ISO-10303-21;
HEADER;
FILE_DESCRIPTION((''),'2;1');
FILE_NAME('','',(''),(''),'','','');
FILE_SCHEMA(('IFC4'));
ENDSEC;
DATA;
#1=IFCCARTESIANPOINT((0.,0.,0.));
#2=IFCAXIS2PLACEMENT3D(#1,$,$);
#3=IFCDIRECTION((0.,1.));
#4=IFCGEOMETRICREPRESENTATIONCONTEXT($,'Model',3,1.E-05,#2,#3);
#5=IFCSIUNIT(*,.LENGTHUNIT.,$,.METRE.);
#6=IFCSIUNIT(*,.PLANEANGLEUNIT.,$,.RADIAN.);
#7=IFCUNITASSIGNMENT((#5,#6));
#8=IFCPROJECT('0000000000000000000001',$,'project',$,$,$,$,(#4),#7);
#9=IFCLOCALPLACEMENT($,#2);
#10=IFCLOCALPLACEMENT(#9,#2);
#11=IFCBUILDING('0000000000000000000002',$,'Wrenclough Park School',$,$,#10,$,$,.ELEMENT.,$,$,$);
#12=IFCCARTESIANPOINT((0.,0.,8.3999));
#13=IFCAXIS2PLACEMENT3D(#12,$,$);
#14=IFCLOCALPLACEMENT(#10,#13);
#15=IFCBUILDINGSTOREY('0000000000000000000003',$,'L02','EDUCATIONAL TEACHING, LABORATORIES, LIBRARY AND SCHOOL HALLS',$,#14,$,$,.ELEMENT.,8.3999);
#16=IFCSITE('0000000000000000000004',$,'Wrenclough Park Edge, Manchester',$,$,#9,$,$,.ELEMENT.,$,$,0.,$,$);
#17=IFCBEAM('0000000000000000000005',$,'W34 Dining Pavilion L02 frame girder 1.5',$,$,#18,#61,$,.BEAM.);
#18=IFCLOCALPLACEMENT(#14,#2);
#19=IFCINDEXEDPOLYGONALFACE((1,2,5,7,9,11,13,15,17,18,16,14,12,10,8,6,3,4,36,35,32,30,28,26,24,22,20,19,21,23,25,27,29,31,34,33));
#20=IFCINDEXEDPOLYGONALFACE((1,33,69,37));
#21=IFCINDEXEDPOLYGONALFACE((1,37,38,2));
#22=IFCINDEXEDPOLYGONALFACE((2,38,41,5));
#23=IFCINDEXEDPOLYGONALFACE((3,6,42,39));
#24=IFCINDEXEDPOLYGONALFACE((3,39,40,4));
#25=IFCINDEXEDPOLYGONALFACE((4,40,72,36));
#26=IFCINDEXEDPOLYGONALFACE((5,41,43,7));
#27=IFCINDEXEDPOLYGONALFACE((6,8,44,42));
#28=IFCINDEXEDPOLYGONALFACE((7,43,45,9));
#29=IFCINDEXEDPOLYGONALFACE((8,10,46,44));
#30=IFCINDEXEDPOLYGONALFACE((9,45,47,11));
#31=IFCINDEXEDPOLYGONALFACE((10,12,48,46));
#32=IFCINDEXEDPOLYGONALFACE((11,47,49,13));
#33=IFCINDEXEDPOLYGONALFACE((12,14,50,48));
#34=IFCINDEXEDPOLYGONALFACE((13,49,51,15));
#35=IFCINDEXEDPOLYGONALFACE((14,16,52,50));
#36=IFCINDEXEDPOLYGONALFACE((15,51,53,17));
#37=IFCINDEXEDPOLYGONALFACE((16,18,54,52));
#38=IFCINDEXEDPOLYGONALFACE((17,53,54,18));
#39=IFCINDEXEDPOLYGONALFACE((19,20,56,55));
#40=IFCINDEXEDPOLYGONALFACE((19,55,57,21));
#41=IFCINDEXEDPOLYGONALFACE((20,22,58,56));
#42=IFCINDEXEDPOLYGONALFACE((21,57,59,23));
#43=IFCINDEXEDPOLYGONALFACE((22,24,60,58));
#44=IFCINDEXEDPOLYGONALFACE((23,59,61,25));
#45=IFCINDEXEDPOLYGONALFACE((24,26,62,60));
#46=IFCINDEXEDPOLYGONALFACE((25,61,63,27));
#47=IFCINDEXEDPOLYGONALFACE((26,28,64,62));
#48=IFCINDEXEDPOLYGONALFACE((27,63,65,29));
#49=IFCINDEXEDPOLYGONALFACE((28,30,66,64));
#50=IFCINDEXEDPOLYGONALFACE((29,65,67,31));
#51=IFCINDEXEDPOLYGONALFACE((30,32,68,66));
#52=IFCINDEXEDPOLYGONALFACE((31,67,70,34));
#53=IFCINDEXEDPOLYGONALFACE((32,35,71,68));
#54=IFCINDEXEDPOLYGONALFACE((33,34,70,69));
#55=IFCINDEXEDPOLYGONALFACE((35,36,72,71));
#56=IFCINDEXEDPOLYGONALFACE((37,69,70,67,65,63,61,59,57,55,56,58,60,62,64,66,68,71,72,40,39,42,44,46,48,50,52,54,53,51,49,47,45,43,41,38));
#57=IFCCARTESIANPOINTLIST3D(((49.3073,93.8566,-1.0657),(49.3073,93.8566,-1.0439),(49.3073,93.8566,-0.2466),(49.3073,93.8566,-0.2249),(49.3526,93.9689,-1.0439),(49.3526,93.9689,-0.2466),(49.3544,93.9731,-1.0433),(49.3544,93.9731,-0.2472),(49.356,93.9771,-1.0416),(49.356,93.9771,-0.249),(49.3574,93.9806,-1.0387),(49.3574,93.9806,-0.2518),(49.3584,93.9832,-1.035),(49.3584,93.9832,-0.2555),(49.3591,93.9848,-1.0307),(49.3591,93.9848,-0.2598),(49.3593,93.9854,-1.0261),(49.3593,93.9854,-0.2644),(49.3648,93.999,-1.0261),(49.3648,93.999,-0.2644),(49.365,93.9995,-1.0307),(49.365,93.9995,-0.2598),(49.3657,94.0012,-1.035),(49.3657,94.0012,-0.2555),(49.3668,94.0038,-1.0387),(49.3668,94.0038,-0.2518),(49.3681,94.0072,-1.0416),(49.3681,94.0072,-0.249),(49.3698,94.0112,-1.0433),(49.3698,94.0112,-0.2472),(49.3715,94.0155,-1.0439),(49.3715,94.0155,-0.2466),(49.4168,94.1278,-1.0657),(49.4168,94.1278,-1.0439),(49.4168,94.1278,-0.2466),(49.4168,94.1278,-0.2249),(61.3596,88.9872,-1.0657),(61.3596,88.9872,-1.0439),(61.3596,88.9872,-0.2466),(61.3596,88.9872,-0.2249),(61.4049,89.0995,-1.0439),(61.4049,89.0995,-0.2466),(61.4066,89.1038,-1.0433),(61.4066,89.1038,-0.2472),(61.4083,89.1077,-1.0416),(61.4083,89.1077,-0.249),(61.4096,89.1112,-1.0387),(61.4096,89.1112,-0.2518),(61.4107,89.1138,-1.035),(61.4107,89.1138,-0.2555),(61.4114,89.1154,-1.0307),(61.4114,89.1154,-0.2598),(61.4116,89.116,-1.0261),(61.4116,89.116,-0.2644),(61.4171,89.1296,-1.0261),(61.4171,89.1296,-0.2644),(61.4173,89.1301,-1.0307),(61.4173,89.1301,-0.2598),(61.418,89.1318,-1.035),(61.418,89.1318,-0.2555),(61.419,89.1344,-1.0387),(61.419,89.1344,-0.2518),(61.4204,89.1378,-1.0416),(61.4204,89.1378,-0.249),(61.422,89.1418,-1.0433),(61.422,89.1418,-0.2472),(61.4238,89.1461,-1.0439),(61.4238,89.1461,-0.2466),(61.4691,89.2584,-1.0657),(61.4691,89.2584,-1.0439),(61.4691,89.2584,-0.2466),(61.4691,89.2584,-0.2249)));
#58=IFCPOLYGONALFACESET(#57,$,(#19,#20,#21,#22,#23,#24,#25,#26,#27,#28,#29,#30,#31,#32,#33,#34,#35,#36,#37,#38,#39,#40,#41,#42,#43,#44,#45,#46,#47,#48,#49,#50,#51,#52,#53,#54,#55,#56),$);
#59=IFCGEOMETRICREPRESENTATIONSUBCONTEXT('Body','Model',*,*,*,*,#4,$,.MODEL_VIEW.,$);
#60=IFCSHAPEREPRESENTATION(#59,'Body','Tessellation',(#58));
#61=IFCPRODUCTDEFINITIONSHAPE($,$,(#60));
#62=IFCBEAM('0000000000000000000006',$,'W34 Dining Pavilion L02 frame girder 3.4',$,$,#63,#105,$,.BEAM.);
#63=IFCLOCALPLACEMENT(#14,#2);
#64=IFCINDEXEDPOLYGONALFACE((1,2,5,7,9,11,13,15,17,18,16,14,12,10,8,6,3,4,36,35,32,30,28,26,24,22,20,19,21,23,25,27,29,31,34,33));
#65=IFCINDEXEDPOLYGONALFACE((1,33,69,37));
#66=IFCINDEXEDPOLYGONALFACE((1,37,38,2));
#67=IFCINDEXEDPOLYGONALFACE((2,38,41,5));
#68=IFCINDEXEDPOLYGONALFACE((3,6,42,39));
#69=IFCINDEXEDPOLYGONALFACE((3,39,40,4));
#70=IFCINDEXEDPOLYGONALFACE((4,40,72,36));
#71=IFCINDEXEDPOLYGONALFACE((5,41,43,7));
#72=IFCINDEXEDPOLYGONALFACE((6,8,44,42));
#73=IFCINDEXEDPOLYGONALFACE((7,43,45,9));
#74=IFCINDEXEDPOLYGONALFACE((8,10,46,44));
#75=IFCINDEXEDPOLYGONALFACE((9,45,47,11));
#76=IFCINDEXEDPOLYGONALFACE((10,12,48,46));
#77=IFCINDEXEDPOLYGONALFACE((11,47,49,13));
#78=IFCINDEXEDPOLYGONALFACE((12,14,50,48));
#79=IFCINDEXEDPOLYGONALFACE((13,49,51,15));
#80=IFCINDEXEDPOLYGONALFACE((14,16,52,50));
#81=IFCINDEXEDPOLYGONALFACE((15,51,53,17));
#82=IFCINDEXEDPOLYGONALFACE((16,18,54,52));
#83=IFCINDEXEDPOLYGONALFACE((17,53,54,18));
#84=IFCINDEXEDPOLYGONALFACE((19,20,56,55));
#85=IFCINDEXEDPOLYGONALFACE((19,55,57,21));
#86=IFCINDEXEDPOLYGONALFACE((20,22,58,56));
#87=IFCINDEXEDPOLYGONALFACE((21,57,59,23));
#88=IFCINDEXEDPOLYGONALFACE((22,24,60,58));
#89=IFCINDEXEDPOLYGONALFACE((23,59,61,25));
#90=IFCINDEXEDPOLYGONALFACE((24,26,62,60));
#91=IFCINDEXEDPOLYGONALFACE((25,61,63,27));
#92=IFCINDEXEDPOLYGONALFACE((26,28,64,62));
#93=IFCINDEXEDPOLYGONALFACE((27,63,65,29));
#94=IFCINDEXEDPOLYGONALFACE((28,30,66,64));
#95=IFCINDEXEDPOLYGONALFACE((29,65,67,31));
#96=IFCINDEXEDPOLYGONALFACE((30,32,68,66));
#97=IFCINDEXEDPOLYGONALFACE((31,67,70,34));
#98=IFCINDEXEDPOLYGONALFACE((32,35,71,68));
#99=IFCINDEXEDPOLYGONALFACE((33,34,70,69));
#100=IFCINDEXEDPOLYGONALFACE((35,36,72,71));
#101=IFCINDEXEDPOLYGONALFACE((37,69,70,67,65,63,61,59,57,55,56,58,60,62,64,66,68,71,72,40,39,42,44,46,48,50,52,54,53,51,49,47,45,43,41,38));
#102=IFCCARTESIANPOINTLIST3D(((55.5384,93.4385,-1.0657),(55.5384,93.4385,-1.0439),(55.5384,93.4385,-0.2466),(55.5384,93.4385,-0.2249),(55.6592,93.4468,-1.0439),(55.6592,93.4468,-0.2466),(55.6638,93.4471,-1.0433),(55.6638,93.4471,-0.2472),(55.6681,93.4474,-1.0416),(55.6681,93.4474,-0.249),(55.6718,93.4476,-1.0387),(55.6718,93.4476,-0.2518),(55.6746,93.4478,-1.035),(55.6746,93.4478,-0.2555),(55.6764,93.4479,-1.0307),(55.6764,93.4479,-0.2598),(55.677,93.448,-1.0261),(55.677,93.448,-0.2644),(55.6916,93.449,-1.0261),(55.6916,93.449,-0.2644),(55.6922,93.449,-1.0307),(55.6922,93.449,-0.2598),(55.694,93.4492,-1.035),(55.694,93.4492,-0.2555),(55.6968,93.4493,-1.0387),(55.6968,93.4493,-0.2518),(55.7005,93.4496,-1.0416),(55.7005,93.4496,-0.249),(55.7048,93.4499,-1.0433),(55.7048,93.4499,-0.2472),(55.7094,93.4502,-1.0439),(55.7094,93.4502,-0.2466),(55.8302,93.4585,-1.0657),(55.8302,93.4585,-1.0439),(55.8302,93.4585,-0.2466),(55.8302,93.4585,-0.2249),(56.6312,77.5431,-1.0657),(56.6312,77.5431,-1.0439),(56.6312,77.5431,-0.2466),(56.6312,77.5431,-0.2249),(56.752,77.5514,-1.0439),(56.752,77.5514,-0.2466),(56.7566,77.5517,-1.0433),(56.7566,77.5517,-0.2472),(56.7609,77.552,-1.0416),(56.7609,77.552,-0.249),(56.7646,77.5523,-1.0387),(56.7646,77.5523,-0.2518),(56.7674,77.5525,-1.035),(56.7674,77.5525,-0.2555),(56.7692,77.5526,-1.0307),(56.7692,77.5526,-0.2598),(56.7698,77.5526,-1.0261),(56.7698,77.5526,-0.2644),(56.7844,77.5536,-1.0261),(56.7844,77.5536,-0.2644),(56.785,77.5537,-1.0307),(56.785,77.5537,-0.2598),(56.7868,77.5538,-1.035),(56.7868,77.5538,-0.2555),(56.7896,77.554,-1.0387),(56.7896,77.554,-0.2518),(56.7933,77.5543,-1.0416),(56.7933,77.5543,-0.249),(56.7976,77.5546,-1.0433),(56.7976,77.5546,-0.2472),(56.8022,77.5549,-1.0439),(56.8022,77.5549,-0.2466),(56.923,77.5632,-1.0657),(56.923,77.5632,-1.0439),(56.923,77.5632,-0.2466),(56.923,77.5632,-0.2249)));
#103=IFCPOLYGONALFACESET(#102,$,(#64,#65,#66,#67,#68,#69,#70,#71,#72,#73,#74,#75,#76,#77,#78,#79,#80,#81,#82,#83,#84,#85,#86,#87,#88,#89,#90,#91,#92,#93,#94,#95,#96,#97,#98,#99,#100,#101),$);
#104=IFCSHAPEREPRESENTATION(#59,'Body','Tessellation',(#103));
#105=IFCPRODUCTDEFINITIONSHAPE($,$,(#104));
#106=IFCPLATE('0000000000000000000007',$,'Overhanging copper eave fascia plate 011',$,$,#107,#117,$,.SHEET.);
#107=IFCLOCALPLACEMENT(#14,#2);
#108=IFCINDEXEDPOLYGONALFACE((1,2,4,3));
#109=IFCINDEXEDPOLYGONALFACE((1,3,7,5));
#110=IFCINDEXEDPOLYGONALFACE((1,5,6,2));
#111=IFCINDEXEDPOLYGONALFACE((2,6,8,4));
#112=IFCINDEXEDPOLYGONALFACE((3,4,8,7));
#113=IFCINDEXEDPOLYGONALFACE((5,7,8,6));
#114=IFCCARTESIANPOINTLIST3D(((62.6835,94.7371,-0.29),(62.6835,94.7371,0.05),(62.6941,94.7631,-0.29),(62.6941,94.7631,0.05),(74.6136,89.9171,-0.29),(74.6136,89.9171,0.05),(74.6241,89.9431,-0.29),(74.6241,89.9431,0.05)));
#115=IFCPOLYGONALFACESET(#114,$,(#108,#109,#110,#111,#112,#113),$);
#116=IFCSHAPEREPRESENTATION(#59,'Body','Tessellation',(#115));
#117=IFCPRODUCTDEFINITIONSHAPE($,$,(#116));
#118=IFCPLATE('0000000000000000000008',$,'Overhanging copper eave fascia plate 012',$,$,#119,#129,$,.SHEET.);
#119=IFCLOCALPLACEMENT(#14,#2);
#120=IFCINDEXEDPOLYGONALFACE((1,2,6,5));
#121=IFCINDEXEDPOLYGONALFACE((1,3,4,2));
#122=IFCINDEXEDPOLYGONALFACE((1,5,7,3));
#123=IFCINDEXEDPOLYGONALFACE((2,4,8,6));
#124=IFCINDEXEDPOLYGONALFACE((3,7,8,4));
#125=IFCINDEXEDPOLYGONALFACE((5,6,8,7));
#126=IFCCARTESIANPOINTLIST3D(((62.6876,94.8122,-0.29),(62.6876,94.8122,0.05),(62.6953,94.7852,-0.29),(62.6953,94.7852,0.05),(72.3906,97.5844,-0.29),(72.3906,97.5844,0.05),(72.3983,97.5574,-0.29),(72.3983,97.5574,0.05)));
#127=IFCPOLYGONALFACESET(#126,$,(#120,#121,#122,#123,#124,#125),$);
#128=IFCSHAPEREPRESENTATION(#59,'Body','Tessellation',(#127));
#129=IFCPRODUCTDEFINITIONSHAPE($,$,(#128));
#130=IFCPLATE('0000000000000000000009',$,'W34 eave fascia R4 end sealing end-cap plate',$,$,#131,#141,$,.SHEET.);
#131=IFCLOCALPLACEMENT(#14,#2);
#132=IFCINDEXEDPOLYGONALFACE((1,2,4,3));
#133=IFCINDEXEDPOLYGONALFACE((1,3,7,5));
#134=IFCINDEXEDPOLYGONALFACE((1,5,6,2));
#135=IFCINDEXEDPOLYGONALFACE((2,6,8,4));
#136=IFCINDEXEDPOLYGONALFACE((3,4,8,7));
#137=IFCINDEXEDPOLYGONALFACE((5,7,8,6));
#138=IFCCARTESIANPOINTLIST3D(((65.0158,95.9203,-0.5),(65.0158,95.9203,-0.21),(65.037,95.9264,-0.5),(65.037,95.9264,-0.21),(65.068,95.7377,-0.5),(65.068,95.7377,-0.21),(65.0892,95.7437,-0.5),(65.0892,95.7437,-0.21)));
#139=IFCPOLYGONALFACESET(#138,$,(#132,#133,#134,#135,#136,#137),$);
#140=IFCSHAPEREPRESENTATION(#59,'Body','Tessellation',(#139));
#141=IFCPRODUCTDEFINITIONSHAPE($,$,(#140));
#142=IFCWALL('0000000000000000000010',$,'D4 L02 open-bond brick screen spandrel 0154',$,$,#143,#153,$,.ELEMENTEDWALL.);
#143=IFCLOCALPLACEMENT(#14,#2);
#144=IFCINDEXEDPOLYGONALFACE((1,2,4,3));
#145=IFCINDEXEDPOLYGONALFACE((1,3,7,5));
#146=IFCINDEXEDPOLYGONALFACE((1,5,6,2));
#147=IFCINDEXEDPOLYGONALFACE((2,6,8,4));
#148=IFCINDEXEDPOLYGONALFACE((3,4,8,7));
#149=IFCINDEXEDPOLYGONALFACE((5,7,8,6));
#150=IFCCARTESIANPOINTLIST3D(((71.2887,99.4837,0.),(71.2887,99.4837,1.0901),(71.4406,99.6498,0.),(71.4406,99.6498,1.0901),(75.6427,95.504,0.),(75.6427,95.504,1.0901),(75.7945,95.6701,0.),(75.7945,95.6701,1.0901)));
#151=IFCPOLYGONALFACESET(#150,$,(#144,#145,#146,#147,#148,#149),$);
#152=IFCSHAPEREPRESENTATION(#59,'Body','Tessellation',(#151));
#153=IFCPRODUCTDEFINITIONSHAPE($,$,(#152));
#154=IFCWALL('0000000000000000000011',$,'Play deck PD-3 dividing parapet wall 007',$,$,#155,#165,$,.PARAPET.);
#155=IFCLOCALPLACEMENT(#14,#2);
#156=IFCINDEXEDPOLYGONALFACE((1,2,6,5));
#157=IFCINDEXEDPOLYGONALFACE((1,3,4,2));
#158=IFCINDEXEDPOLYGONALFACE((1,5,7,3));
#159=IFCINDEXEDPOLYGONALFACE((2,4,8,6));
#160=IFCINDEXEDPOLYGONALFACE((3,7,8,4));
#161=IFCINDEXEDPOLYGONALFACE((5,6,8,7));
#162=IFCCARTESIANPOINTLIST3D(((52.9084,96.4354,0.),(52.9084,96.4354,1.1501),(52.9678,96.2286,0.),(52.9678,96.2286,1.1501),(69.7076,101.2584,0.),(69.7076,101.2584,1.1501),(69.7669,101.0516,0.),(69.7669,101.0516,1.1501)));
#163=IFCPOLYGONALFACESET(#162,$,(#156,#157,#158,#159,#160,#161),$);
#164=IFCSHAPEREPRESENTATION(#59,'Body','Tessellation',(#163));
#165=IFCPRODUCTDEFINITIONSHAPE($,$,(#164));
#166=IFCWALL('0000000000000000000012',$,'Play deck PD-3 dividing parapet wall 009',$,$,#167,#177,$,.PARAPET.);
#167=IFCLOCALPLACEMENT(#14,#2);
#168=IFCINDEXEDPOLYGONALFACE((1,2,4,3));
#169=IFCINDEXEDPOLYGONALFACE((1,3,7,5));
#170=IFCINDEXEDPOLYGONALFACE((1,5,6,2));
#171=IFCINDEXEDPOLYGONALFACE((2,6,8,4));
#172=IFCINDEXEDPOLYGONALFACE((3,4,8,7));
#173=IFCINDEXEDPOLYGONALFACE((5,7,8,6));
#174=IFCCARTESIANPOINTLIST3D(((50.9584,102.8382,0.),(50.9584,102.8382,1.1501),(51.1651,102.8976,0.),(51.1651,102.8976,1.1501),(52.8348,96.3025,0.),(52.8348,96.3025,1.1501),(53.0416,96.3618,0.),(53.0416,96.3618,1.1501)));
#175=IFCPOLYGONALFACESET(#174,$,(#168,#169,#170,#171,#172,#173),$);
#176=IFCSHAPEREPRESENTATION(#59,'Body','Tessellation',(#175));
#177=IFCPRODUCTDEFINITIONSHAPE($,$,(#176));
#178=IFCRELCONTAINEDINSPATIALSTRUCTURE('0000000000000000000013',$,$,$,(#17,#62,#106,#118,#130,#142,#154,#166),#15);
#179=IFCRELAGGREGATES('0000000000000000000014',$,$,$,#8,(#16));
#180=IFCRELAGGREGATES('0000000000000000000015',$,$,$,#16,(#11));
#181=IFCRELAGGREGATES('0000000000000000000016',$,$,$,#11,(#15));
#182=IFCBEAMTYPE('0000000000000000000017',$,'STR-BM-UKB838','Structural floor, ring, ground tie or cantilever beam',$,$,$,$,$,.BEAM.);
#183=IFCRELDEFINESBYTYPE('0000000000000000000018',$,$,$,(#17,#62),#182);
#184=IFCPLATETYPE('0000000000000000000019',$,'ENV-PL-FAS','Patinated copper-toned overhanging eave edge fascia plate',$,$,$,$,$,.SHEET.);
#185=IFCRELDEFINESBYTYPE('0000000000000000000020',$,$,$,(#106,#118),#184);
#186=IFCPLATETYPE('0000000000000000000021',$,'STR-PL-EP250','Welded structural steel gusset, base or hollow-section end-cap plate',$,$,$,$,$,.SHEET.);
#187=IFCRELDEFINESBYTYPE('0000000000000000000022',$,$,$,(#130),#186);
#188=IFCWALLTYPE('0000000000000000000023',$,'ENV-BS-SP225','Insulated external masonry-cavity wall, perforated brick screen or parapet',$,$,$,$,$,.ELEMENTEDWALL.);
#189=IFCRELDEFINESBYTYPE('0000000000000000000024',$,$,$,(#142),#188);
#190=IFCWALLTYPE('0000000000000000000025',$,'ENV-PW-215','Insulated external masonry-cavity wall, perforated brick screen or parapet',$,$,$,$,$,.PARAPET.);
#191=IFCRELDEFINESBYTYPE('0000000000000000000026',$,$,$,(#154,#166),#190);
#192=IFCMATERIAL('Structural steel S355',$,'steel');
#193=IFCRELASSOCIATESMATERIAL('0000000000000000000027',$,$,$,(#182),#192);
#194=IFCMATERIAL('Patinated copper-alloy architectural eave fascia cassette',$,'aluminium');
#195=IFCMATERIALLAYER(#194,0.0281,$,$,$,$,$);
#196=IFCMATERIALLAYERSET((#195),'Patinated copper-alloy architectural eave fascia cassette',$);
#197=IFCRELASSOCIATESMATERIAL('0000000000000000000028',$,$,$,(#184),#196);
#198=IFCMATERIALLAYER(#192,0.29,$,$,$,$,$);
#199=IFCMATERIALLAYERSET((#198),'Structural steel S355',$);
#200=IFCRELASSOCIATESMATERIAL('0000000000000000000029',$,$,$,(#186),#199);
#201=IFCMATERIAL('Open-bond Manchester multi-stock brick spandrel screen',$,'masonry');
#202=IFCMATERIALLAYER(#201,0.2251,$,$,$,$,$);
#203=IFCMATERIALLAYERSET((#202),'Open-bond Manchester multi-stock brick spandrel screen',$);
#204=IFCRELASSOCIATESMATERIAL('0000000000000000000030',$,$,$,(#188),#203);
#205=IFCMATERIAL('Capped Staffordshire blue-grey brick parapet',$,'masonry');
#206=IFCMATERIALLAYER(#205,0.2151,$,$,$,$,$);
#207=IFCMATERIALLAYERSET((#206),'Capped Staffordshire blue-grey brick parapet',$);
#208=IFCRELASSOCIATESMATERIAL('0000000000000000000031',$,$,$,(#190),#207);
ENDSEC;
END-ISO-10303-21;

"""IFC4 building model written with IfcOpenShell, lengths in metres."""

from ifc_helpers import new_model, si_unit, direction, frame, frame_2d, origin, origin_2d, place, context, subcontext, project, spatial, rectangle, i_section, extrude, material, layer, layer_set, material_profile, profile_set, type_object, element, save


model = new_model("IFC4")

# Units and contexts
model_context = context("Model", 3, precision=1e-05, world=origin(), true_north=direction((0.0, 1.0)))
body_context = subcontext(model_context, "Body", "Model", "MODEL_VIEW")
ifc_project = project(units=[si_unit("LENGTHUNIT", "METRE"), si_unit("PLANEANGLEUNIT", "RADIAN")], contexts=[model_context])

# Site, building, storey
site_placement = place(None, origin())
site = spatial("IfcSite", under=ifc_project, at=site_placement, Name="Wrenclough Park Edge, Manchester", CompositionType="ELEMENT", RefElevation=0.0)
building_placement = place(site_placement, origin())
building = spatial("IfcBuilding", under=site, at=building_placement, Name="Wrenclough Park School", CompositionType="ELEMENT")
storey_placement = place(building_placement, frame((0.0, 0.0, 8.3999)))
storey = spatial("IfcBuildingStorey", under=building, at=storey_placement, Name="L02", Description="EDUCATIONAL TEACHING, LABORATORIES, LIBRARY AND SCHOOL HALLS", CompositionType="ELEMENT", Elevation=8.3999)

# Shared definitions
ifc_material_1 = material(Name="Structural steel S355", Category="steel")

# Beams
ifc_material_profile_1 = material_profile(ifc_material_1, i_section(OverallWidth=0.2925, OverallDepth=0.8408, WebThickness=0.0146, FlangeThickness=0.0217, FilletRadius=0.0178, at=origin_2d()), Name="UKB 838x292x194")
ifc_profile_set_1 = profile_set([ifc_material_profile_1], Name="Structural steel S355")
beam_type_1 = type_object("IfcBeamType", Name="STR-BM-UKB838", Description="Structural floor, ring, ground tie or cantilever beam", PredefinedType="BEAM", material=ifc_profile_set_1)
beam_1_placement = place(storey_placement, frame((49.3621, 93.9922, -0.6453), z_axis=(0.927185, -0.374604, 0.0), x_axis=(0.374604, 0.927185, 0.0)))
element("IfcBeam", 1, at=beam_1_placement, inside=storey, type_object=beam_type_1, Name="W34 Dining Pavilion L02 frame girder 1.5", PredefinedType="BEAM", context=body_context, shape_type="SweptSolid", body=[
    extrude(i_section(OverallWidth=0.2925, OverallDepth=0.8408, WebThickness=0.0146, FlangeThickness=0.0217, FilletRadius=0.0178, at=origin_2d()), origin(), (0.0, 0.0, 1.0), 12.9988),
])
beam_2_placement = place(storey_placement, frame((55.6843, 93.4485, -0.6453), z_axis=(0.068586, -0.997645, 0.0), x_axis=(0.997645, 0.068586, 0.0)))
element("IfcBeam", 2, at=beam_2_placement, inside=storey, type_object=beam_type_1, Name="W34 Dining Pavilion L02 frame girder 3.4", PredefinedType="BEAM", context=body_context, shape_type="SweptSolid", body=[
    extrude(i_section(OverallWidth=0.2925, OverallDepth=0.8408, WebThickness=0.0146, FlangeThickness=0.0217, FilletRadius=0.0178, at=origin_2d()), origin(), (0.0, 0.0, 1.0), 15.9329),
])

# Plates
ifc_material_2 = material(Name="Patinated copper-alloy architectural eave fascia cassette", Category="aluminium")
ifc_layer_1 = layer(ifc_material_2, 0.0281)
ifc_layer_set_1 = layer_set([ifc_layer_1], Name="Patinated copper-alloy architectural eave fascia cassette")
plate_type_1 = type_object("IfcPlateType", Name="ENV-PL-FAS", Description="Patinated copper-toned overhanging eave edge fascia plate", PredefinedType="SHEET", material=ifc_layer_set_1)
plate_1_placement = place(storey_placement, frame((68.6538, 92.3401, -0.29), z_axis=(0.0, 0.0, 1.0), x_axis=(-0.927184, 0.374607, 0.0)))
element("IfcPlate", 3, at=plate_1_placement, inside=storey, type_object=plate_type_1, Name="Overhanging copper eave fascia plate 011", PredefinedType="SHEET", context=body_context, shape_type="SweptSolid", body=[
    extrude(rectangle(XDim=12.8669, YDim=0.0281, at=origin_2d()), origin(), (0.0, 0.0, 1.0), 0.3401),
])
plate_2_placement = place(storey_placement, frame((67.543, 96.1848, -0.29), z_axis=(0.0, 0.0, 1.0), x_axis=(0.961525, 0.274717, 0.0)))
element("IfcPlate", 4, at=plate_2_placement, inside=storey, type_object=plate_type_1, Name="Overhanging copper eave fascia plate 012", PredefinedType="SHEET", context=body_context, shape_type="SweptSolid", body=[
    extrude(rectangle(XDim=10.0913, YDim=0.0281, at=origin_2d()), origin(), (0.0, 0.0, 1.0), 0.3401),
])
ifc_layer_2 = layer(ifc_material_1, 0.29)
ifc_layer_set_2 = layer_set([ifc_layer_2], Name="Structural steel S355")
plate_type_2 = type_object("IfcPlateType", Name="STR-PL-EP250", Description="Welded structural steel gusset, base or hollow-section end-cap plate", PredefinedType="SHEET", material=ifc_layer_set_2)
plate_3_placement = place(storey_placement, frame((65.0525, 95.832, -0.5), z_axis=(0.0, 0.0, 1.0), x_axis=(0.961502, 0.274798, 0.0)))
element("IfcPlate", 5, at=plate_3_placement, inside=storey, type_object=plate_type_2, Name="W34 eave fascia R4 end sealing end-cap plate", PredefinedType="SHEET", context=body_context, shape_type="SweptSolid", body=[
    extrude(rectangle(XDim=0.022, YDim=0.1899, at=origin_2d()), origin(), (0.0, 0.0, 1.0), 0.29),
])

# Wall
ifc_material_3 = material(Name="Open-bond Manchester multi-stock brick spandrel screen", Category="masonry")
ifc_layer_3 = layer(ifc_material_3, 0.2251)
ifc_layer_set_3 = layer_set([ifc_layer_3], Name="Open-bond Manchester multi-stock brick spandrel screen")
wall_type_1 = type_object("IfcWallType", Name="ENV-BS-SP225", Description="Insulated external masonry-cavity wall, perforated brick screen or parapet", PredefinedType="ELEMENTEDWALL", material=ifc_layer_set_3)
wall_1_placement = place(storey_placement, frame((71.3647, 99.5667, 0.0), z_axis=(0.0, 0.0, 1.0), x_axis=(0.738119, -0.674671, 0.0)))
element("IfcWall", 6, at=wall_1_placement, inside=storey, type_object=wall_type_1, Name="D4 L02 open-bond brick screen spandrel 0154", PredefinedType="ELEMENTEDWALL", context=body_context, shape_type="SweptSolid", body=[
    extrude(rectangle(XDim=5.8987, YDim=0.2251, at=frame_2d((2.9492, 0.0))), origin(), (0.0, 0.0, 1.0), 1.0901),
])

# Walls
ifc_material_4 = material(Name="Capped Staffordshire blue-grey brick parapet", Category="masonry")
ifc_layer_4 = layer(ifc_material_4, 0.2151)
ifc_layer_set_4 = layer_set([ifc_layer_4], Name="Capped Staffordshire blue-grey brick parapet")
wall_type_2 = type_object("IfcWallType", Name="ENV-PW-215", Description="Insulated external masonry-cavity wall, perforated brick screen or parapet", PredefinedType="PARAPET", material=ifc_layer_set_4)
wall_2_placement = place(storey_placement, frame((52.9382, 96.332, 0.0), z_axis=(0.0, 0.0, 1.0), x_axis=(0.961172, 0.275951, 0.0)))
element("IfcWall", 7, at=wall_2_placement, inside=storey, type_object=wall_type_2, Name="Play deck PD-3 dividing parapet wall 007", PredefinedType="PARAPET", context=body_context, shape_type="SweptSolid", body=[
    extrude(rectangle(XDim=17.4778, YDim=0.2151, at=frame_2d((8.7388, 0.0))), origin(), (0.0, 0.0, 1.0), 1.1501),
])
wall_3_placement = place(storey_placement, frame((51.0618, 102.8679, 0.0), z_axis=(0.0, 0.0, 1.0), x_axis=(0.275954, -0.961171, 0.0)))
element("IfcWall", 8, at=wall_3_placement, inside=storey, type_object=wall_type_2, Name="Play deck PD-3 dividing parapet wall 009", PredefinedType="PARAPET", context=body_context, shape_type="SweptSolid", body=[
    extrude(rectangle(XDim=6.7998, YDim=0.2151, at=frame_2d((3.3999, 0.0))), origin(), (0.0, 0.0, 1.0), 1.1501),
])

save(model, "model.ifc")
